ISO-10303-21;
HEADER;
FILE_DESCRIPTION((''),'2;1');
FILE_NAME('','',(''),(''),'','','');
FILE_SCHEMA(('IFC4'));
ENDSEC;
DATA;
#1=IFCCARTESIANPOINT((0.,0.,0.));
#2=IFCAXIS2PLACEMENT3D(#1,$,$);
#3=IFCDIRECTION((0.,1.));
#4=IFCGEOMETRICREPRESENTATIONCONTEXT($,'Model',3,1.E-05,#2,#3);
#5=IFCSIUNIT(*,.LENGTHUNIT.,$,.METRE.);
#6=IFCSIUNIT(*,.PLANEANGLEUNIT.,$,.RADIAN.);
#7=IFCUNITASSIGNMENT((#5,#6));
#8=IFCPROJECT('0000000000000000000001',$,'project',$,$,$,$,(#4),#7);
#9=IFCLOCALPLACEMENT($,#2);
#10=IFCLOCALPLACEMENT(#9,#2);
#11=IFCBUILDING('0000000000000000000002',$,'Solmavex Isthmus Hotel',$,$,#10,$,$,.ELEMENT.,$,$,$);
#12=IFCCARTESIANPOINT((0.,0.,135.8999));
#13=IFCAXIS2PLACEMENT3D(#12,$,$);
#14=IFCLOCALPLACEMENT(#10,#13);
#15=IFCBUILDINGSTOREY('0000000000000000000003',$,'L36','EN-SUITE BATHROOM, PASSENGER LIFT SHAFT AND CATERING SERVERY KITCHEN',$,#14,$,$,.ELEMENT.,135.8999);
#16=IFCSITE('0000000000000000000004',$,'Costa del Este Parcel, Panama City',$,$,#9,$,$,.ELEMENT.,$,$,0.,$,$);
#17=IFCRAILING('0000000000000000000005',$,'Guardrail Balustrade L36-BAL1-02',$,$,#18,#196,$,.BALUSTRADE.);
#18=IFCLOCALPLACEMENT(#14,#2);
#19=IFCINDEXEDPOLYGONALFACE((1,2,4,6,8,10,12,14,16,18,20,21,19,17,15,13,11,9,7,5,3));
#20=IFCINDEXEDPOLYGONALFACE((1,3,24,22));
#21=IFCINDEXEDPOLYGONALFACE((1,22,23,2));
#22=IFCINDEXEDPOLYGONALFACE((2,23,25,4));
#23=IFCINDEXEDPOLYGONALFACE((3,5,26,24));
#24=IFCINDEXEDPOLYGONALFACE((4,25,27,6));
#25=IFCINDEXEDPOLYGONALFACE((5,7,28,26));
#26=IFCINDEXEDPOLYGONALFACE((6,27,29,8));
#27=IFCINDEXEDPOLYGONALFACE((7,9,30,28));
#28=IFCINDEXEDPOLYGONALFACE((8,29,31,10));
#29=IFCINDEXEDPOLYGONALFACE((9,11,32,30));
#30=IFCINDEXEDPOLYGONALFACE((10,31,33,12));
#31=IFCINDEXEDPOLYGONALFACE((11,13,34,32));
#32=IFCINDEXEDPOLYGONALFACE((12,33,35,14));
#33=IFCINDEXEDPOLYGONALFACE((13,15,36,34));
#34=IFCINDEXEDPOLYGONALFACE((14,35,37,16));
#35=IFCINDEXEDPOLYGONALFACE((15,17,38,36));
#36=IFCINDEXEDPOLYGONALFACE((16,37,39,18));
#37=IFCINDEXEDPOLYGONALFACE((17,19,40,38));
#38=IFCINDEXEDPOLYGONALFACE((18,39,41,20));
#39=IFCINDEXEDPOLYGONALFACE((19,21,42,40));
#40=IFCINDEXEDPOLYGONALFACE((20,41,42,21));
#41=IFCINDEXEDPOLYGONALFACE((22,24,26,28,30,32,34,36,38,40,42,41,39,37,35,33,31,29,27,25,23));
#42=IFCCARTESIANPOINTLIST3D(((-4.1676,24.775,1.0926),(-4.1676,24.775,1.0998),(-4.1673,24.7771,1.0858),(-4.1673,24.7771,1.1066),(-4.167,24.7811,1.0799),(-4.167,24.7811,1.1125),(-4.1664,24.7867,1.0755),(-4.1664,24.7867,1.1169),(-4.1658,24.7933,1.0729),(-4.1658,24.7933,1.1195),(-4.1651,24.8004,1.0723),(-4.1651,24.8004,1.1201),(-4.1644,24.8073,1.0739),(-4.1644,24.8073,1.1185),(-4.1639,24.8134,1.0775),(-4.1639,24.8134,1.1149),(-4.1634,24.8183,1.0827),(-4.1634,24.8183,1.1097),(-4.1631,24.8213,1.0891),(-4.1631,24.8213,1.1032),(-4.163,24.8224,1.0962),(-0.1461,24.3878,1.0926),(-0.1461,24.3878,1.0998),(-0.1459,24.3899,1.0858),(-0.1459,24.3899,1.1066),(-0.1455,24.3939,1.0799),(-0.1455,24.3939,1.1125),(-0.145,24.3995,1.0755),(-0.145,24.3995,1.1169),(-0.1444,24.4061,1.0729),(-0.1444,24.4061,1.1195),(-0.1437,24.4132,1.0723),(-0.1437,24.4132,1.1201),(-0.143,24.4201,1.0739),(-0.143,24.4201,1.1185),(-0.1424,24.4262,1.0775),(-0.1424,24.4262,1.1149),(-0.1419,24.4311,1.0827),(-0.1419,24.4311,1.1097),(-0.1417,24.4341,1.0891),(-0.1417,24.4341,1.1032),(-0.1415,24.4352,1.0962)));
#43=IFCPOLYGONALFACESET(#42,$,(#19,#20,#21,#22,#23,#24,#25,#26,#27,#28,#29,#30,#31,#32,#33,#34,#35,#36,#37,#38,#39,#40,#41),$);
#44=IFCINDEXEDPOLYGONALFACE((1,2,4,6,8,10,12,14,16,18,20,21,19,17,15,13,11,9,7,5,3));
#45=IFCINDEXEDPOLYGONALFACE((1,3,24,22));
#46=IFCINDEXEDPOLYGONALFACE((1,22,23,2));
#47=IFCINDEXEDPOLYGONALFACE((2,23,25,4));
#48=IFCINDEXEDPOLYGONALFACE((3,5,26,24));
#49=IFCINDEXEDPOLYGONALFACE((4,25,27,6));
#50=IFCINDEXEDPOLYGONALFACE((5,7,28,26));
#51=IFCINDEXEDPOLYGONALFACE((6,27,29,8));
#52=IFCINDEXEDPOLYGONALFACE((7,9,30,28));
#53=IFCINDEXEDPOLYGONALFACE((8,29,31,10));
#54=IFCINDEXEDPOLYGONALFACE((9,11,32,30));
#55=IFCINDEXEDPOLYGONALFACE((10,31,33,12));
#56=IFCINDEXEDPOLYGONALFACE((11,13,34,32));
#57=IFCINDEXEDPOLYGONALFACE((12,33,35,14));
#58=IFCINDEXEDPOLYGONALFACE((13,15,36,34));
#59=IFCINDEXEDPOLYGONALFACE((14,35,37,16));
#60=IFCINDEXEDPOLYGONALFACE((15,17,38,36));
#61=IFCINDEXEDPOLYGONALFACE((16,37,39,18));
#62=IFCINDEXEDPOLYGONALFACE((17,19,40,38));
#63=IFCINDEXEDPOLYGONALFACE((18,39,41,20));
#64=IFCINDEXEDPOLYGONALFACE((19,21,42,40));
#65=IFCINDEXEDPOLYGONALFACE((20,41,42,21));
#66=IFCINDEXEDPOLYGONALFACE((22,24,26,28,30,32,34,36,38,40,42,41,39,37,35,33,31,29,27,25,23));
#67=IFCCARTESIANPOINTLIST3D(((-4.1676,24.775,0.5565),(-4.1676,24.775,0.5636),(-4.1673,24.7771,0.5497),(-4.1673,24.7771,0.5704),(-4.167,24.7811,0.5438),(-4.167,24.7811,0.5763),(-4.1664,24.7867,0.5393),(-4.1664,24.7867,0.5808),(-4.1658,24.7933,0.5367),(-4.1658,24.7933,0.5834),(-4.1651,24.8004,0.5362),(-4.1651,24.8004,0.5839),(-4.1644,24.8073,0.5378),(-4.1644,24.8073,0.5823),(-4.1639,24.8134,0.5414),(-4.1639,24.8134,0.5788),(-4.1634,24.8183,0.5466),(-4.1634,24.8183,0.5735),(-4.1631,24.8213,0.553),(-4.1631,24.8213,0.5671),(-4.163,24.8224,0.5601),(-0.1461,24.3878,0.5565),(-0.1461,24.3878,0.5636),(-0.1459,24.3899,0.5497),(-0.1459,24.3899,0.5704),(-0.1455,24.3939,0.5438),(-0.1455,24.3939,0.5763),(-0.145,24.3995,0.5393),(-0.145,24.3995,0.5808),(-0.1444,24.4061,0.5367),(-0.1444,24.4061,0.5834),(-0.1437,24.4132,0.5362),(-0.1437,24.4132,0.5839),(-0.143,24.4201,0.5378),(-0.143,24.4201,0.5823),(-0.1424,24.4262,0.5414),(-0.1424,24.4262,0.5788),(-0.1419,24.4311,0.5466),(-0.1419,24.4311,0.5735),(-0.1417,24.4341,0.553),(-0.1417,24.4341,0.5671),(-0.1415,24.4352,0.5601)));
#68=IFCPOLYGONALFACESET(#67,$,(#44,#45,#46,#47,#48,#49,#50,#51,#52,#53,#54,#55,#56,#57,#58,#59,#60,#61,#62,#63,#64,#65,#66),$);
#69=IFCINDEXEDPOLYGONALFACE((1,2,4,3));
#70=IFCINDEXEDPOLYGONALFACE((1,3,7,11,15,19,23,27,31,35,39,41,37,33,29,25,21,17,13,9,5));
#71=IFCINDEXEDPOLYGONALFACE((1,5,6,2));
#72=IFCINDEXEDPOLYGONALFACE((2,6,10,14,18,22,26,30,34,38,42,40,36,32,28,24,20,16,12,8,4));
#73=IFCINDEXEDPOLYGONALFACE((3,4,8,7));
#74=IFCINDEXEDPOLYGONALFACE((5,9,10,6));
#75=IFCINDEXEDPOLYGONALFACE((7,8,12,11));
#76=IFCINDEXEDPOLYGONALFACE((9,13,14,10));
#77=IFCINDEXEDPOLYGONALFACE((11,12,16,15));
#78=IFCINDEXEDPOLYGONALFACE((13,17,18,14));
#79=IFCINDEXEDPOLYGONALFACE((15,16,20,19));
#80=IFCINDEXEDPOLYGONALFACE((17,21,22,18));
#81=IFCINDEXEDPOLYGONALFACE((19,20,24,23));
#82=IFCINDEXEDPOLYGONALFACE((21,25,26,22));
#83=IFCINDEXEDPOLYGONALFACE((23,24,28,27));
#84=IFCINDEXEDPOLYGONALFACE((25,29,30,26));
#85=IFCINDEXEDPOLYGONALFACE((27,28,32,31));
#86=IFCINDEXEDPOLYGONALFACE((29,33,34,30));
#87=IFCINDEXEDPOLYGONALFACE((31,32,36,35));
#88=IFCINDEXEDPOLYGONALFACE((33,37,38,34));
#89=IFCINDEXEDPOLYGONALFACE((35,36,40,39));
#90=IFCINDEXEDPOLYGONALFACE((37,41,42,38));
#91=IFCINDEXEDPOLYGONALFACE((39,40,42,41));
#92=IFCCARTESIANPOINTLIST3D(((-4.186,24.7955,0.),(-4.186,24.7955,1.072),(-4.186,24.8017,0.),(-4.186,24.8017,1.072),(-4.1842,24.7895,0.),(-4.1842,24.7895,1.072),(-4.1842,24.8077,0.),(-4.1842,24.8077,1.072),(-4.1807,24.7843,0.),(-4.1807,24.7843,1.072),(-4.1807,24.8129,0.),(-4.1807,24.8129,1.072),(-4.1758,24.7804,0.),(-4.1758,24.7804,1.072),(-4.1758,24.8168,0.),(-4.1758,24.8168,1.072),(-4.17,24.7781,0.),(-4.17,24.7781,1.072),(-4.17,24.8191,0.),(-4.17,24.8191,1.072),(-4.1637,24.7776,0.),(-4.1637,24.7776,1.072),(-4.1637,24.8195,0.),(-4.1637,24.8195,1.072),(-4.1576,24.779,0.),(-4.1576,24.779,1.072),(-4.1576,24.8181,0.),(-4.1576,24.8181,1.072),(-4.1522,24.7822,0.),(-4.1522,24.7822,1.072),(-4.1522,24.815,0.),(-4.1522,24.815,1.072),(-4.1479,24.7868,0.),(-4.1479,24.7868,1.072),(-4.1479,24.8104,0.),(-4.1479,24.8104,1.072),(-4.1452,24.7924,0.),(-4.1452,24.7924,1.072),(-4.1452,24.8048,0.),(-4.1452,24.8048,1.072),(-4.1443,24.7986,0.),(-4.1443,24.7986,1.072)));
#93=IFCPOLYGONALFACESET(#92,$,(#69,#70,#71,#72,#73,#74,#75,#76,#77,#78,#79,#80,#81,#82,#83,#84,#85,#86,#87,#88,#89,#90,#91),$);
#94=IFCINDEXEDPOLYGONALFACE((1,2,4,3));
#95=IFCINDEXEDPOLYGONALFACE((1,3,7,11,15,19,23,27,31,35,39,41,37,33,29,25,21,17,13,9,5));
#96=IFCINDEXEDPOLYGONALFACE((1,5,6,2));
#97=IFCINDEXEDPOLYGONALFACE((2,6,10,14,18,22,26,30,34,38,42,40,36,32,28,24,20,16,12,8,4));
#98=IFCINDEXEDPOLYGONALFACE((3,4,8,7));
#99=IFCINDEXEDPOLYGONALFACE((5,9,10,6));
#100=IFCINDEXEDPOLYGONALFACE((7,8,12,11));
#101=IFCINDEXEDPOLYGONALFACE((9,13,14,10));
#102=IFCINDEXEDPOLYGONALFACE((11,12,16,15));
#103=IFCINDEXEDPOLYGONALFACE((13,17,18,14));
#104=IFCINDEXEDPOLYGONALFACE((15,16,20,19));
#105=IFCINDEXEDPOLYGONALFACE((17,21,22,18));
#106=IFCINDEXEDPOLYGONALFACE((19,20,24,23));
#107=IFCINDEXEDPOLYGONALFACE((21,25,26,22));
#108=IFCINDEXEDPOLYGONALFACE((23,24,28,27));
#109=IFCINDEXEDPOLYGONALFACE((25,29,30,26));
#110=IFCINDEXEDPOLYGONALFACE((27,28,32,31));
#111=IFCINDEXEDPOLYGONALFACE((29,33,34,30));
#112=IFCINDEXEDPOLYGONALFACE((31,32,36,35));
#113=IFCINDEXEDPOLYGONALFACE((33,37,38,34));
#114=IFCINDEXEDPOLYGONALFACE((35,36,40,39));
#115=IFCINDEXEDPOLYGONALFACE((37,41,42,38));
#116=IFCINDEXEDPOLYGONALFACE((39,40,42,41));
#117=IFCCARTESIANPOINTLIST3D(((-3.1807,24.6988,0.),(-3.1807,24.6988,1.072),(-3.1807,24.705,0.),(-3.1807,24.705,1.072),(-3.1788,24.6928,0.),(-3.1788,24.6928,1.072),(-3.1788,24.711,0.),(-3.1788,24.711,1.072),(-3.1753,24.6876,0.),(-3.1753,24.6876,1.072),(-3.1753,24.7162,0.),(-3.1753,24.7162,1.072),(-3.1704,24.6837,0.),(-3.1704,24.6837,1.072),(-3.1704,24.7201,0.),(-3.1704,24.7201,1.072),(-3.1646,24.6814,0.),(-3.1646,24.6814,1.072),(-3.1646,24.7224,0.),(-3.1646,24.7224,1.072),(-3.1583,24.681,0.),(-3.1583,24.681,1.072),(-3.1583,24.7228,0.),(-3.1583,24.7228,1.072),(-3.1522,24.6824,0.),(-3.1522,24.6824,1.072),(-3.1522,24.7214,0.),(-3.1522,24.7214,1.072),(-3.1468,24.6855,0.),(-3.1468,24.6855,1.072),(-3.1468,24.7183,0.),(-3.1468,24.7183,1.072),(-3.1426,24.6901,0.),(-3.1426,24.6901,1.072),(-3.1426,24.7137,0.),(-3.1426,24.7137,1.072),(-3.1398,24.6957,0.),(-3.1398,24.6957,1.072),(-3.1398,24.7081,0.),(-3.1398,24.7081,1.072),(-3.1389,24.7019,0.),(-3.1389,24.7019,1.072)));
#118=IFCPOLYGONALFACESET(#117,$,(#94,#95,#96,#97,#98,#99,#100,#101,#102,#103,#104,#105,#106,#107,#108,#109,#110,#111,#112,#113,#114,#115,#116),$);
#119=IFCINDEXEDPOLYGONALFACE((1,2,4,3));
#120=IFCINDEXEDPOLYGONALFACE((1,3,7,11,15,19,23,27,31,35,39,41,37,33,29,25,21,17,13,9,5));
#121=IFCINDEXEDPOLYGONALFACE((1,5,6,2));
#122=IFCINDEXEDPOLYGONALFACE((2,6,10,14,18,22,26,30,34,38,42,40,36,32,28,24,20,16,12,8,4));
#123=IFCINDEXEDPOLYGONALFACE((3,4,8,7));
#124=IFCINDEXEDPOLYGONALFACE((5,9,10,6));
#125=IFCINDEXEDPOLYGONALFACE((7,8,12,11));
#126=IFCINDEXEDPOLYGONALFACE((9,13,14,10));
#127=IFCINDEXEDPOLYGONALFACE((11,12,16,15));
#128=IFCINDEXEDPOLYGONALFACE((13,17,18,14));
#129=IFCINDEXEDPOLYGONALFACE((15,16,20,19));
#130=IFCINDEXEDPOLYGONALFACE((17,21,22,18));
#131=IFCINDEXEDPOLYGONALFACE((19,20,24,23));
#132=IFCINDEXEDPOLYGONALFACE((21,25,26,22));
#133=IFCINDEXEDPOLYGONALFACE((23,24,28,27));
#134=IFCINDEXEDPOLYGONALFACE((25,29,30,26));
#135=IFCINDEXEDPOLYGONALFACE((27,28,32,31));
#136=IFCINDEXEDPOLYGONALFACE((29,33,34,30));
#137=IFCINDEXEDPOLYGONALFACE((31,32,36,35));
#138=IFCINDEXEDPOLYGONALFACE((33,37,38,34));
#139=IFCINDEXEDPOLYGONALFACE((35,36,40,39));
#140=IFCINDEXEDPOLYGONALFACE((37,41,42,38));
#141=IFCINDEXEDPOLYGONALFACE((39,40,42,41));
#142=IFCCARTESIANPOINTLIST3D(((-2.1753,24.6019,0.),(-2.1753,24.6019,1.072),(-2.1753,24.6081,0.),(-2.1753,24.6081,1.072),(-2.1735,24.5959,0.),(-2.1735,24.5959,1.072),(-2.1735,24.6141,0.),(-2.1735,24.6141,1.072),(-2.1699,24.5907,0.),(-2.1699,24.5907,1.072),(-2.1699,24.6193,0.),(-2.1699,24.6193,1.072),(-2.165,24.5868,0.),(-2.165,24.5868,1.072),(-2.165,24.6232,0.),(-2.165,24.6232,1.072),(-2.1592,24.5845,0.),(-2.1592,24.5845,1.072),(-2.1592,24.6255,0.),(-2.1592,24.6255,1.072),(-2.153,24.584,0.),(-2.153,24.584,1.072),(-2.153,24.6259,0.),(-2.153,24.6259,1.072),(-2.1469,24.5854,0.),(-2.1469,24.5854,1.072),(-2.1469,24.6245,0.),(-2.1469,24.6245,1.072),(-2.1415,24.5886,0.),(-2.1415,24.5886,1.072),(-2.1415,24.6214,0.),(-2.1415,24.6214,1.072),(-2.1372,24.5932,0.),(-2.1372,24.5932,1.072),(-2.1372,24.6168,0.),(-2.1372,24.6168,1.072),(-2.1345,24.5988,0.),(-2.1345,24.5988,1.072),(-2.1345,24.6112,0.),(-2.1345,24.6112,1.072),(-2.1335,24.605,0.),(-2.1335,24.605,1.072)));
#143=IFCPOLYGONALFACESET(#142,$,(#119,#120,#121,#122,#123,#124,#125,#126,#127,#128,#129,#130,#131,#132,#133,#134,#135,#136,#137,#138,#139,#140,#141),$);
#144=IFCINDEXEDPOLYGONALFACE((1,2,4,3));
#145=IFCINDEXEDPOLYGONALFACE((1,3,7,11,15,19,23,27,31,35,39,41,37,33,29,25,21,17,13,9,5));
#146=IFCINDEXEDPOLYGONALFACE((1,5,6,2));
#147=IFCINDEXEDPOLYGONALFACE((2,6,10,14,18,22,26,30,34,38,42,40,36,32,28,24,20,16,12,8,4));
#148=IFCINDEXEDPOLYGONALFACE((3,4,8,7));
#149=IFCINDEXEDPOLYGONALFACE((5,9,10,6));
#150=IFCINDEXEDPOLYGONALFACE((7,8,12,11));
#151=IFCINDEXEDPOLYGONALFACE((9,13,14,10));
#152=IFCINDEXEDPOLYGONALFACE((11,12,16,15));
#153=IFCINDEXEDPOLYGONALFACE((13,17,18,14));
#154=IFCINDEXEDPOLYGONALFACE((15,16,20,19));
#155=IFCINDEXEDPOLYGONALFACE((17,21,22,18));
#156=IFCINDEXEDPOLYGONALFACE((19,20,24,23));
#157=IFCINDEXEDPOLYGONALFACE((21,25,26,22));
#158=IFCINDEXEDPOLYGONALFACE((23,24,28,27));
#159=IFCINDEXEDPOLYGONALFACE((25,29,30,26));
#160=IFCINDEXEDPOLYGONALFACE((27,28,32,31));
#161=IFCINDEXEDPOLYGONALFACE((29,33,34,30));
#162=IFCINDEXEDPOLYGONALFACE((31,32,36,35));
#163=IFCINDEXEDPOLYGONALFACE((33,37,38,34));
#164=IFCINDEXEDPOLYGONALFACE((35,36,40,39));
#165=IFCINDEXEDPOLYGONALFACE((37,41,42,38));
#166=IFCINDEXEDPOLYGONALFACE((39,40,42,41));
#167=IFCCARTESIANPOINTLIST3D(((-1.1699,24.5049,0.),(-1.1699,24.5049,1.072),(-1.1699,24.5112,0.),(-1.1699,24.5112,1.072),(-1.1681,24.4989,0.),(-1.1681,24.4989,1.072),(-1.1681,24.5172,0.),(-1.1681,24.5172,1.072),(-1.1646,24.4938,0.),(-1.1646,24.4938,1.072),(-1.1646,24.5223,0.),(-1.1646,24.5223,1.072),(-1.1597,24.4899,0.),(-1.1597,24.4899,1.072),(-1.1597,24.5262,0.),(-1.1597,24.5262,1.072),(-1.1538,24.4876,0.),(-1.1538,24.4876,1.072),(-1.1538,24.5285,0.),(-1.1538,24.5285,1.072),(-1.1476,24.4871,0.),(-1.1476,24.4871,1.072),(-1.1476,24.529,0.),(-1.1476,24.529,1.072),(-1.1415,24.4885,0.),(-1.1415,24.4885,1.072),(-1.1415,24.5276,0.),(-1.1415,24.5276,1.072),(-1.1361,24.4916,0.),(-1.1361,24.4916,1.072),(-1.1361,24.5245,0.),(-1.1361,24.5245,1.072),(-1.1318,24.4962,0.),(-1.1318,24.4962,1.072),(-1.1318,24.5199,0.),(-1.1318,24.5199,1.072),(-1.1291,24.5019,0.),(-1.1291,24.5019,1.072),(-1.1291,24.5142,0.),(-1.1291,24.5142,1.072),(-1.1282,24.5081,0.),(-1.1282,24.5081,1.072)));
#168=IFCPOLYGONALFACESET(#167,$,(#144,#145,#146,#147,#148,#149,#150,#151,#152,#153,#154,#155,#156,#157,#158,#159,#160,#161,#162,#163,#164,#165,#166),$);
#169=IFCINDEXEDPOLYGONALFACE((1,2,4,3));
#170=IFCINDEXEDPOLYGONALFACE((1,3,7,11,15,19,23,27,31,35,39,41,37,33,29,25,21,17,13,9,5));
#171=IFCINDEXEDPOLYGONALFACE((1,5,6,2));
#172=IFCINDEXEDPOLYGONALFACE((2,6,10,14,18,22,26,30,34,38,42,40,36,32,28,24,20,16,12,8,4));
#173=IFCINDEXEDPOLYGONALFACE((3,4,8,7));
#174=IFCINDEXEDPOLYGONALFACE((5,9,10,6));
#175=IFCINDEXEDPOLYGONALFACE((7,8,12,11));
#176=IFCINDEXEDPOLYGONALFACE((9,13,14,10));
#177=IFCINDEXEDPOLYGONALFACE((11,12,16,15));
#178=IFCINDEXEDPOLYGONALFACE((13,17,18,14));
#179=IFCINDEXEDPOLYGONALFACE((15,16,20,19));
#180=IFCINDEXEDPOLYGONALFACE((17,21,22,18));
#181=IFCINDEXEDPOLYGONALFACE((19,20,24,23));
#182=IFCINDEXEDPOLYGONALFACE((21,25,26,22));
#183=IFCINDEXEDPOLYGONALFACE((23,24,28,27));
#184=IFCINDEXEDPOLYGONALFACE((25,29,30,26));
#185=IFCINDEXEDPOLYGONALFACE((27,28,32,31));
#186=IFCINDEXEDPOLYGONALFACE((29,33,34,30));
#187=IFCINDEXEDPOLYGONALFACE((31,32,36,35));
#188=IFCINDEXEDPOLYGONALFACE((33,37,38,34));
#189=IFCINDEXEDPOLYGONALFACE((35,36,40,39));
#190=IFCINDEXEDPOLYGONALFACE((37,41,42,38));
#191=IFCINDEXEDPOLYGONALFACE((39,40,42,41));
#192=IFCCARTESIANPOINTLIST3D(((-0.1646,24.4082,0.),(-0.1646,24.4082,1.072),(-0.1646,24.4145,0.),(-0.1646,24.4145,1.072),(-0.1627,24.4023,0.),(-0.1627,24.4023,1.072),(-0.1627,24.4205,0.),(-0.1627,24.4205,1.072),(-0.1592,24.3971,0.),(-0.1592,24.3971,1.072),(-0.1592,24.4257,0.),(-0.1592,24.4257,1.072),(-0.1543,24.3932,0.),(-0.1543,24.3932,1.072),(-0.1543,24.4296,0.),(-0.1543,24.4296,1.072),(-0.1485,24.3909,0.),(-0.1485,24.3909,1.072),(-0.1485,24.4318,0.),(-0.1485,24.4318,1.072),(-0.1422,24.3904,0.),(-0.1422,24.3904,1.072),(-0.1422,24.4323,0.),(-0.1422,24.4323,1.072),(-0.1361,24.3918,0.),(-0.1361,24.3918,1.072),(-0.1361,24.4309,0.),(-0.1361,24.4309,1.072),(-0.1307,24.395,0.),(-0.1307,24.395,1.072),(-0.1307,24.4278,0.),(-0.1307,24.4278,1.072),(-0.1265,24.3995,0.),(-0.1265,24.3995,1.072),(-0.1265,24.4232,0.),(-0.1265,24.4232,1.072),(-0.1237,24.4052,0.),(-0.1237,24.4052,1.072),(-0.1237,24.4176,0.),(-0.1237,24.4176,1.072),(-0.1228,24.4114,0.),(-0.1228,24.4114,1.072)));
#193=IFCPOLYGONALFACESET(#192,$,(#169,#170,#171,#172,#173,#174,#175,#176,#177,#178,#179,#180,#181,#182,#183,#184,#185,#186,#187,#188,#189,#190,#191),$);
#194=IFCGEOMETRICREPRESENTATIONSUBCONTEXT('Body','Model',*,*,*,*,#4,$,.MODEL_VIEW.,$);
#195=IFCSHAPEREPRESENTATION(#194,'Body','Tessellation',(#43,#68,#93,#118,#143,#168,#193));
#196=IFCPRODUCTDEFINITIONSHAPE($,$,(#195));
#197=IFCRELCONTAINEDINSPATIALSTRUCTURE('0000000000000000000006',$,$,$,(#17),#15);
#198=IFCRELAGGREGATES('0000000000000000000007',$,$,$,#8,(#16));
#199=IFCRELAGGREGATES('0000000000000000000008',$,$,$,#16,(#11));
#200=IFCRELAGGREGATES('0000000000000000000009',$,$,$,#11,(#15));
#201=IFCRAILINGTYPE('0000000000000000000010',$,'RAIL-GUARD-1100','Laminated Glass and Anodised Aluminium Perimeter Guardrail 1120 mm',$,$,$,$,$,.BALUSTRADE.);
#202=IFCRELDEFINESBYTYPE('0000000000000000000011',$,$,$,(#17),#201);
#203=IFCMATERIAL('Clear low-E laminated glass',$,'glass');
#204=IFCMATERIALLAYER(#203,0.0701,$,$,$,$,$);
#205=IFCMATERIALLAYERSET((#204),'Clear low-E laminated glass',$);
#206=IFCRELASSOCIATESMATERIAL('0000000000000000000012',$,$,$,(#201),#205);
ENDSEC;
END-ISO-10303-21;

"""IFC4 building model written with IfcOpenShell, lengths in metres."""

from ifc_helpers import new_model, si_unit, direction, frame, origin, origin_2d, place, context, subcontext, project, spatial, circle, extrude, material, layer, layer_set, type_object, element, save


model = new_model("IFC4")

# Units and contexts
model_context = context("Model", 3, precision=1e-05, world=origin(), true_north=direction((0.0, 1.0)))
body_context = subcontext(model_context, "Body", "Model", "MODEL_VIEW")
ifc_project = project(units=[si_unit("LENGTHUNIT", "METRE"), si_unit("PLANEANGLEUNIT", "RADIAN")], contexts=[model_context])

# Site, building, storey
site_placement = place(None, origin())
site = spatial("IfcSite", under=ifc_project, at=site_placement, Name="Costa del Este Parcel, Panama City", CompositionType="ELEMENT", RefElevation=0.0)
building_placement = place(site_placement, origin())
building = spatial("IfcBuilding", under=site, at=building_placement, Name="Solmavex Isthmus Hotel", CompositionType="ELEMENT")
storey_placement = place(building_placement, frame((0.0, 0.0, 135.8999)))
storey = spatial("IfcBuildingStorey", under=building, at=storey_placement, Name="L36", Description="EN-SUITE BATHROOM, PASSENGER LIFT SHAFT AND CATERING SERVERY KITCHEN", CompositionType="ELEMENT", Elevation=135.8999)

# Shared definitions
ifc_material_1 = material(Name="Clear low-E laminated glass", Category="glass")

# Railing
ifc_layer_1 = layer(ifc_material_1, 0.0701)
ifc_layer_set_1 = layer_set([ifc_layer_1], Name="Clear low-E laminated glass")
railing_type = type_object("IfcRailingType", Name="RAIL-GUARD-1100", Description="Laminated Glass and Anodised Aluminium Perimeter Guardrail 1120 mm", PredefinedType="BALUSTRADE", material=ifc_layer_set_1)
railing_1_placement = place(storey_placement, frame((-4.1653, 24.7986, 0.0)))
element("IfcRailing", 1, at=railing_1_placement, inside=storey, type_object=railing_type, Name="Guardrail Balustrade L36-BAL1-02", PredefinedType="BALUSTRADE", context=body_context, shape_type="SweptSolid", body=[
    extrude(circle(Radius=0.0239, at=origin_2d()), frame((0.0, 0.0, 1.0962), z_axis=(0.995397, -0.095841, 0.0), x_axis=(0.095841, 0.995397, 0.0)), (0.0, 0.0, 1.0), 4.04),
    extrude(circle(Radius=0.0239, at=origin_2d()), frame((0.0, 0.0, 0.5601), z_axis=(0.995397, -0.095841, 0.0), x_axis=(0.095841, 0.995397, 0.0)), (0.0, 0.0, 1.0), 4.04),
    extrude(circle(Radius=0.021, at=origin_2d()), origin(), (0.0, 0.0, 1.0), 1.072),
    extrude(circle(Radius=0.021, at=origin_2d()), frame((1.0054, -0.0967, 0.0)), (0.0, 0.0, 1.0), 1.072),
    extrude(circle(Radius=0.021, at=origin_2d()), frame((2.0107, -0.1936, 0.0)), (0.0, 0.0, 1.0), 1.072),
    extrude(circle(Radius=0.021, at=origin_2d()), frame((3.0161, -0.2905, 0.0)), (0.0, 0.0, 1.0), 1.072),
    extrude(circle(Radius=0.021, at=origin_2d()), frame((4.0215, -0.3872, 0.0)), (0.0, 0.0, 1.0), 1.072),
])

save(model, "model.ifc")
